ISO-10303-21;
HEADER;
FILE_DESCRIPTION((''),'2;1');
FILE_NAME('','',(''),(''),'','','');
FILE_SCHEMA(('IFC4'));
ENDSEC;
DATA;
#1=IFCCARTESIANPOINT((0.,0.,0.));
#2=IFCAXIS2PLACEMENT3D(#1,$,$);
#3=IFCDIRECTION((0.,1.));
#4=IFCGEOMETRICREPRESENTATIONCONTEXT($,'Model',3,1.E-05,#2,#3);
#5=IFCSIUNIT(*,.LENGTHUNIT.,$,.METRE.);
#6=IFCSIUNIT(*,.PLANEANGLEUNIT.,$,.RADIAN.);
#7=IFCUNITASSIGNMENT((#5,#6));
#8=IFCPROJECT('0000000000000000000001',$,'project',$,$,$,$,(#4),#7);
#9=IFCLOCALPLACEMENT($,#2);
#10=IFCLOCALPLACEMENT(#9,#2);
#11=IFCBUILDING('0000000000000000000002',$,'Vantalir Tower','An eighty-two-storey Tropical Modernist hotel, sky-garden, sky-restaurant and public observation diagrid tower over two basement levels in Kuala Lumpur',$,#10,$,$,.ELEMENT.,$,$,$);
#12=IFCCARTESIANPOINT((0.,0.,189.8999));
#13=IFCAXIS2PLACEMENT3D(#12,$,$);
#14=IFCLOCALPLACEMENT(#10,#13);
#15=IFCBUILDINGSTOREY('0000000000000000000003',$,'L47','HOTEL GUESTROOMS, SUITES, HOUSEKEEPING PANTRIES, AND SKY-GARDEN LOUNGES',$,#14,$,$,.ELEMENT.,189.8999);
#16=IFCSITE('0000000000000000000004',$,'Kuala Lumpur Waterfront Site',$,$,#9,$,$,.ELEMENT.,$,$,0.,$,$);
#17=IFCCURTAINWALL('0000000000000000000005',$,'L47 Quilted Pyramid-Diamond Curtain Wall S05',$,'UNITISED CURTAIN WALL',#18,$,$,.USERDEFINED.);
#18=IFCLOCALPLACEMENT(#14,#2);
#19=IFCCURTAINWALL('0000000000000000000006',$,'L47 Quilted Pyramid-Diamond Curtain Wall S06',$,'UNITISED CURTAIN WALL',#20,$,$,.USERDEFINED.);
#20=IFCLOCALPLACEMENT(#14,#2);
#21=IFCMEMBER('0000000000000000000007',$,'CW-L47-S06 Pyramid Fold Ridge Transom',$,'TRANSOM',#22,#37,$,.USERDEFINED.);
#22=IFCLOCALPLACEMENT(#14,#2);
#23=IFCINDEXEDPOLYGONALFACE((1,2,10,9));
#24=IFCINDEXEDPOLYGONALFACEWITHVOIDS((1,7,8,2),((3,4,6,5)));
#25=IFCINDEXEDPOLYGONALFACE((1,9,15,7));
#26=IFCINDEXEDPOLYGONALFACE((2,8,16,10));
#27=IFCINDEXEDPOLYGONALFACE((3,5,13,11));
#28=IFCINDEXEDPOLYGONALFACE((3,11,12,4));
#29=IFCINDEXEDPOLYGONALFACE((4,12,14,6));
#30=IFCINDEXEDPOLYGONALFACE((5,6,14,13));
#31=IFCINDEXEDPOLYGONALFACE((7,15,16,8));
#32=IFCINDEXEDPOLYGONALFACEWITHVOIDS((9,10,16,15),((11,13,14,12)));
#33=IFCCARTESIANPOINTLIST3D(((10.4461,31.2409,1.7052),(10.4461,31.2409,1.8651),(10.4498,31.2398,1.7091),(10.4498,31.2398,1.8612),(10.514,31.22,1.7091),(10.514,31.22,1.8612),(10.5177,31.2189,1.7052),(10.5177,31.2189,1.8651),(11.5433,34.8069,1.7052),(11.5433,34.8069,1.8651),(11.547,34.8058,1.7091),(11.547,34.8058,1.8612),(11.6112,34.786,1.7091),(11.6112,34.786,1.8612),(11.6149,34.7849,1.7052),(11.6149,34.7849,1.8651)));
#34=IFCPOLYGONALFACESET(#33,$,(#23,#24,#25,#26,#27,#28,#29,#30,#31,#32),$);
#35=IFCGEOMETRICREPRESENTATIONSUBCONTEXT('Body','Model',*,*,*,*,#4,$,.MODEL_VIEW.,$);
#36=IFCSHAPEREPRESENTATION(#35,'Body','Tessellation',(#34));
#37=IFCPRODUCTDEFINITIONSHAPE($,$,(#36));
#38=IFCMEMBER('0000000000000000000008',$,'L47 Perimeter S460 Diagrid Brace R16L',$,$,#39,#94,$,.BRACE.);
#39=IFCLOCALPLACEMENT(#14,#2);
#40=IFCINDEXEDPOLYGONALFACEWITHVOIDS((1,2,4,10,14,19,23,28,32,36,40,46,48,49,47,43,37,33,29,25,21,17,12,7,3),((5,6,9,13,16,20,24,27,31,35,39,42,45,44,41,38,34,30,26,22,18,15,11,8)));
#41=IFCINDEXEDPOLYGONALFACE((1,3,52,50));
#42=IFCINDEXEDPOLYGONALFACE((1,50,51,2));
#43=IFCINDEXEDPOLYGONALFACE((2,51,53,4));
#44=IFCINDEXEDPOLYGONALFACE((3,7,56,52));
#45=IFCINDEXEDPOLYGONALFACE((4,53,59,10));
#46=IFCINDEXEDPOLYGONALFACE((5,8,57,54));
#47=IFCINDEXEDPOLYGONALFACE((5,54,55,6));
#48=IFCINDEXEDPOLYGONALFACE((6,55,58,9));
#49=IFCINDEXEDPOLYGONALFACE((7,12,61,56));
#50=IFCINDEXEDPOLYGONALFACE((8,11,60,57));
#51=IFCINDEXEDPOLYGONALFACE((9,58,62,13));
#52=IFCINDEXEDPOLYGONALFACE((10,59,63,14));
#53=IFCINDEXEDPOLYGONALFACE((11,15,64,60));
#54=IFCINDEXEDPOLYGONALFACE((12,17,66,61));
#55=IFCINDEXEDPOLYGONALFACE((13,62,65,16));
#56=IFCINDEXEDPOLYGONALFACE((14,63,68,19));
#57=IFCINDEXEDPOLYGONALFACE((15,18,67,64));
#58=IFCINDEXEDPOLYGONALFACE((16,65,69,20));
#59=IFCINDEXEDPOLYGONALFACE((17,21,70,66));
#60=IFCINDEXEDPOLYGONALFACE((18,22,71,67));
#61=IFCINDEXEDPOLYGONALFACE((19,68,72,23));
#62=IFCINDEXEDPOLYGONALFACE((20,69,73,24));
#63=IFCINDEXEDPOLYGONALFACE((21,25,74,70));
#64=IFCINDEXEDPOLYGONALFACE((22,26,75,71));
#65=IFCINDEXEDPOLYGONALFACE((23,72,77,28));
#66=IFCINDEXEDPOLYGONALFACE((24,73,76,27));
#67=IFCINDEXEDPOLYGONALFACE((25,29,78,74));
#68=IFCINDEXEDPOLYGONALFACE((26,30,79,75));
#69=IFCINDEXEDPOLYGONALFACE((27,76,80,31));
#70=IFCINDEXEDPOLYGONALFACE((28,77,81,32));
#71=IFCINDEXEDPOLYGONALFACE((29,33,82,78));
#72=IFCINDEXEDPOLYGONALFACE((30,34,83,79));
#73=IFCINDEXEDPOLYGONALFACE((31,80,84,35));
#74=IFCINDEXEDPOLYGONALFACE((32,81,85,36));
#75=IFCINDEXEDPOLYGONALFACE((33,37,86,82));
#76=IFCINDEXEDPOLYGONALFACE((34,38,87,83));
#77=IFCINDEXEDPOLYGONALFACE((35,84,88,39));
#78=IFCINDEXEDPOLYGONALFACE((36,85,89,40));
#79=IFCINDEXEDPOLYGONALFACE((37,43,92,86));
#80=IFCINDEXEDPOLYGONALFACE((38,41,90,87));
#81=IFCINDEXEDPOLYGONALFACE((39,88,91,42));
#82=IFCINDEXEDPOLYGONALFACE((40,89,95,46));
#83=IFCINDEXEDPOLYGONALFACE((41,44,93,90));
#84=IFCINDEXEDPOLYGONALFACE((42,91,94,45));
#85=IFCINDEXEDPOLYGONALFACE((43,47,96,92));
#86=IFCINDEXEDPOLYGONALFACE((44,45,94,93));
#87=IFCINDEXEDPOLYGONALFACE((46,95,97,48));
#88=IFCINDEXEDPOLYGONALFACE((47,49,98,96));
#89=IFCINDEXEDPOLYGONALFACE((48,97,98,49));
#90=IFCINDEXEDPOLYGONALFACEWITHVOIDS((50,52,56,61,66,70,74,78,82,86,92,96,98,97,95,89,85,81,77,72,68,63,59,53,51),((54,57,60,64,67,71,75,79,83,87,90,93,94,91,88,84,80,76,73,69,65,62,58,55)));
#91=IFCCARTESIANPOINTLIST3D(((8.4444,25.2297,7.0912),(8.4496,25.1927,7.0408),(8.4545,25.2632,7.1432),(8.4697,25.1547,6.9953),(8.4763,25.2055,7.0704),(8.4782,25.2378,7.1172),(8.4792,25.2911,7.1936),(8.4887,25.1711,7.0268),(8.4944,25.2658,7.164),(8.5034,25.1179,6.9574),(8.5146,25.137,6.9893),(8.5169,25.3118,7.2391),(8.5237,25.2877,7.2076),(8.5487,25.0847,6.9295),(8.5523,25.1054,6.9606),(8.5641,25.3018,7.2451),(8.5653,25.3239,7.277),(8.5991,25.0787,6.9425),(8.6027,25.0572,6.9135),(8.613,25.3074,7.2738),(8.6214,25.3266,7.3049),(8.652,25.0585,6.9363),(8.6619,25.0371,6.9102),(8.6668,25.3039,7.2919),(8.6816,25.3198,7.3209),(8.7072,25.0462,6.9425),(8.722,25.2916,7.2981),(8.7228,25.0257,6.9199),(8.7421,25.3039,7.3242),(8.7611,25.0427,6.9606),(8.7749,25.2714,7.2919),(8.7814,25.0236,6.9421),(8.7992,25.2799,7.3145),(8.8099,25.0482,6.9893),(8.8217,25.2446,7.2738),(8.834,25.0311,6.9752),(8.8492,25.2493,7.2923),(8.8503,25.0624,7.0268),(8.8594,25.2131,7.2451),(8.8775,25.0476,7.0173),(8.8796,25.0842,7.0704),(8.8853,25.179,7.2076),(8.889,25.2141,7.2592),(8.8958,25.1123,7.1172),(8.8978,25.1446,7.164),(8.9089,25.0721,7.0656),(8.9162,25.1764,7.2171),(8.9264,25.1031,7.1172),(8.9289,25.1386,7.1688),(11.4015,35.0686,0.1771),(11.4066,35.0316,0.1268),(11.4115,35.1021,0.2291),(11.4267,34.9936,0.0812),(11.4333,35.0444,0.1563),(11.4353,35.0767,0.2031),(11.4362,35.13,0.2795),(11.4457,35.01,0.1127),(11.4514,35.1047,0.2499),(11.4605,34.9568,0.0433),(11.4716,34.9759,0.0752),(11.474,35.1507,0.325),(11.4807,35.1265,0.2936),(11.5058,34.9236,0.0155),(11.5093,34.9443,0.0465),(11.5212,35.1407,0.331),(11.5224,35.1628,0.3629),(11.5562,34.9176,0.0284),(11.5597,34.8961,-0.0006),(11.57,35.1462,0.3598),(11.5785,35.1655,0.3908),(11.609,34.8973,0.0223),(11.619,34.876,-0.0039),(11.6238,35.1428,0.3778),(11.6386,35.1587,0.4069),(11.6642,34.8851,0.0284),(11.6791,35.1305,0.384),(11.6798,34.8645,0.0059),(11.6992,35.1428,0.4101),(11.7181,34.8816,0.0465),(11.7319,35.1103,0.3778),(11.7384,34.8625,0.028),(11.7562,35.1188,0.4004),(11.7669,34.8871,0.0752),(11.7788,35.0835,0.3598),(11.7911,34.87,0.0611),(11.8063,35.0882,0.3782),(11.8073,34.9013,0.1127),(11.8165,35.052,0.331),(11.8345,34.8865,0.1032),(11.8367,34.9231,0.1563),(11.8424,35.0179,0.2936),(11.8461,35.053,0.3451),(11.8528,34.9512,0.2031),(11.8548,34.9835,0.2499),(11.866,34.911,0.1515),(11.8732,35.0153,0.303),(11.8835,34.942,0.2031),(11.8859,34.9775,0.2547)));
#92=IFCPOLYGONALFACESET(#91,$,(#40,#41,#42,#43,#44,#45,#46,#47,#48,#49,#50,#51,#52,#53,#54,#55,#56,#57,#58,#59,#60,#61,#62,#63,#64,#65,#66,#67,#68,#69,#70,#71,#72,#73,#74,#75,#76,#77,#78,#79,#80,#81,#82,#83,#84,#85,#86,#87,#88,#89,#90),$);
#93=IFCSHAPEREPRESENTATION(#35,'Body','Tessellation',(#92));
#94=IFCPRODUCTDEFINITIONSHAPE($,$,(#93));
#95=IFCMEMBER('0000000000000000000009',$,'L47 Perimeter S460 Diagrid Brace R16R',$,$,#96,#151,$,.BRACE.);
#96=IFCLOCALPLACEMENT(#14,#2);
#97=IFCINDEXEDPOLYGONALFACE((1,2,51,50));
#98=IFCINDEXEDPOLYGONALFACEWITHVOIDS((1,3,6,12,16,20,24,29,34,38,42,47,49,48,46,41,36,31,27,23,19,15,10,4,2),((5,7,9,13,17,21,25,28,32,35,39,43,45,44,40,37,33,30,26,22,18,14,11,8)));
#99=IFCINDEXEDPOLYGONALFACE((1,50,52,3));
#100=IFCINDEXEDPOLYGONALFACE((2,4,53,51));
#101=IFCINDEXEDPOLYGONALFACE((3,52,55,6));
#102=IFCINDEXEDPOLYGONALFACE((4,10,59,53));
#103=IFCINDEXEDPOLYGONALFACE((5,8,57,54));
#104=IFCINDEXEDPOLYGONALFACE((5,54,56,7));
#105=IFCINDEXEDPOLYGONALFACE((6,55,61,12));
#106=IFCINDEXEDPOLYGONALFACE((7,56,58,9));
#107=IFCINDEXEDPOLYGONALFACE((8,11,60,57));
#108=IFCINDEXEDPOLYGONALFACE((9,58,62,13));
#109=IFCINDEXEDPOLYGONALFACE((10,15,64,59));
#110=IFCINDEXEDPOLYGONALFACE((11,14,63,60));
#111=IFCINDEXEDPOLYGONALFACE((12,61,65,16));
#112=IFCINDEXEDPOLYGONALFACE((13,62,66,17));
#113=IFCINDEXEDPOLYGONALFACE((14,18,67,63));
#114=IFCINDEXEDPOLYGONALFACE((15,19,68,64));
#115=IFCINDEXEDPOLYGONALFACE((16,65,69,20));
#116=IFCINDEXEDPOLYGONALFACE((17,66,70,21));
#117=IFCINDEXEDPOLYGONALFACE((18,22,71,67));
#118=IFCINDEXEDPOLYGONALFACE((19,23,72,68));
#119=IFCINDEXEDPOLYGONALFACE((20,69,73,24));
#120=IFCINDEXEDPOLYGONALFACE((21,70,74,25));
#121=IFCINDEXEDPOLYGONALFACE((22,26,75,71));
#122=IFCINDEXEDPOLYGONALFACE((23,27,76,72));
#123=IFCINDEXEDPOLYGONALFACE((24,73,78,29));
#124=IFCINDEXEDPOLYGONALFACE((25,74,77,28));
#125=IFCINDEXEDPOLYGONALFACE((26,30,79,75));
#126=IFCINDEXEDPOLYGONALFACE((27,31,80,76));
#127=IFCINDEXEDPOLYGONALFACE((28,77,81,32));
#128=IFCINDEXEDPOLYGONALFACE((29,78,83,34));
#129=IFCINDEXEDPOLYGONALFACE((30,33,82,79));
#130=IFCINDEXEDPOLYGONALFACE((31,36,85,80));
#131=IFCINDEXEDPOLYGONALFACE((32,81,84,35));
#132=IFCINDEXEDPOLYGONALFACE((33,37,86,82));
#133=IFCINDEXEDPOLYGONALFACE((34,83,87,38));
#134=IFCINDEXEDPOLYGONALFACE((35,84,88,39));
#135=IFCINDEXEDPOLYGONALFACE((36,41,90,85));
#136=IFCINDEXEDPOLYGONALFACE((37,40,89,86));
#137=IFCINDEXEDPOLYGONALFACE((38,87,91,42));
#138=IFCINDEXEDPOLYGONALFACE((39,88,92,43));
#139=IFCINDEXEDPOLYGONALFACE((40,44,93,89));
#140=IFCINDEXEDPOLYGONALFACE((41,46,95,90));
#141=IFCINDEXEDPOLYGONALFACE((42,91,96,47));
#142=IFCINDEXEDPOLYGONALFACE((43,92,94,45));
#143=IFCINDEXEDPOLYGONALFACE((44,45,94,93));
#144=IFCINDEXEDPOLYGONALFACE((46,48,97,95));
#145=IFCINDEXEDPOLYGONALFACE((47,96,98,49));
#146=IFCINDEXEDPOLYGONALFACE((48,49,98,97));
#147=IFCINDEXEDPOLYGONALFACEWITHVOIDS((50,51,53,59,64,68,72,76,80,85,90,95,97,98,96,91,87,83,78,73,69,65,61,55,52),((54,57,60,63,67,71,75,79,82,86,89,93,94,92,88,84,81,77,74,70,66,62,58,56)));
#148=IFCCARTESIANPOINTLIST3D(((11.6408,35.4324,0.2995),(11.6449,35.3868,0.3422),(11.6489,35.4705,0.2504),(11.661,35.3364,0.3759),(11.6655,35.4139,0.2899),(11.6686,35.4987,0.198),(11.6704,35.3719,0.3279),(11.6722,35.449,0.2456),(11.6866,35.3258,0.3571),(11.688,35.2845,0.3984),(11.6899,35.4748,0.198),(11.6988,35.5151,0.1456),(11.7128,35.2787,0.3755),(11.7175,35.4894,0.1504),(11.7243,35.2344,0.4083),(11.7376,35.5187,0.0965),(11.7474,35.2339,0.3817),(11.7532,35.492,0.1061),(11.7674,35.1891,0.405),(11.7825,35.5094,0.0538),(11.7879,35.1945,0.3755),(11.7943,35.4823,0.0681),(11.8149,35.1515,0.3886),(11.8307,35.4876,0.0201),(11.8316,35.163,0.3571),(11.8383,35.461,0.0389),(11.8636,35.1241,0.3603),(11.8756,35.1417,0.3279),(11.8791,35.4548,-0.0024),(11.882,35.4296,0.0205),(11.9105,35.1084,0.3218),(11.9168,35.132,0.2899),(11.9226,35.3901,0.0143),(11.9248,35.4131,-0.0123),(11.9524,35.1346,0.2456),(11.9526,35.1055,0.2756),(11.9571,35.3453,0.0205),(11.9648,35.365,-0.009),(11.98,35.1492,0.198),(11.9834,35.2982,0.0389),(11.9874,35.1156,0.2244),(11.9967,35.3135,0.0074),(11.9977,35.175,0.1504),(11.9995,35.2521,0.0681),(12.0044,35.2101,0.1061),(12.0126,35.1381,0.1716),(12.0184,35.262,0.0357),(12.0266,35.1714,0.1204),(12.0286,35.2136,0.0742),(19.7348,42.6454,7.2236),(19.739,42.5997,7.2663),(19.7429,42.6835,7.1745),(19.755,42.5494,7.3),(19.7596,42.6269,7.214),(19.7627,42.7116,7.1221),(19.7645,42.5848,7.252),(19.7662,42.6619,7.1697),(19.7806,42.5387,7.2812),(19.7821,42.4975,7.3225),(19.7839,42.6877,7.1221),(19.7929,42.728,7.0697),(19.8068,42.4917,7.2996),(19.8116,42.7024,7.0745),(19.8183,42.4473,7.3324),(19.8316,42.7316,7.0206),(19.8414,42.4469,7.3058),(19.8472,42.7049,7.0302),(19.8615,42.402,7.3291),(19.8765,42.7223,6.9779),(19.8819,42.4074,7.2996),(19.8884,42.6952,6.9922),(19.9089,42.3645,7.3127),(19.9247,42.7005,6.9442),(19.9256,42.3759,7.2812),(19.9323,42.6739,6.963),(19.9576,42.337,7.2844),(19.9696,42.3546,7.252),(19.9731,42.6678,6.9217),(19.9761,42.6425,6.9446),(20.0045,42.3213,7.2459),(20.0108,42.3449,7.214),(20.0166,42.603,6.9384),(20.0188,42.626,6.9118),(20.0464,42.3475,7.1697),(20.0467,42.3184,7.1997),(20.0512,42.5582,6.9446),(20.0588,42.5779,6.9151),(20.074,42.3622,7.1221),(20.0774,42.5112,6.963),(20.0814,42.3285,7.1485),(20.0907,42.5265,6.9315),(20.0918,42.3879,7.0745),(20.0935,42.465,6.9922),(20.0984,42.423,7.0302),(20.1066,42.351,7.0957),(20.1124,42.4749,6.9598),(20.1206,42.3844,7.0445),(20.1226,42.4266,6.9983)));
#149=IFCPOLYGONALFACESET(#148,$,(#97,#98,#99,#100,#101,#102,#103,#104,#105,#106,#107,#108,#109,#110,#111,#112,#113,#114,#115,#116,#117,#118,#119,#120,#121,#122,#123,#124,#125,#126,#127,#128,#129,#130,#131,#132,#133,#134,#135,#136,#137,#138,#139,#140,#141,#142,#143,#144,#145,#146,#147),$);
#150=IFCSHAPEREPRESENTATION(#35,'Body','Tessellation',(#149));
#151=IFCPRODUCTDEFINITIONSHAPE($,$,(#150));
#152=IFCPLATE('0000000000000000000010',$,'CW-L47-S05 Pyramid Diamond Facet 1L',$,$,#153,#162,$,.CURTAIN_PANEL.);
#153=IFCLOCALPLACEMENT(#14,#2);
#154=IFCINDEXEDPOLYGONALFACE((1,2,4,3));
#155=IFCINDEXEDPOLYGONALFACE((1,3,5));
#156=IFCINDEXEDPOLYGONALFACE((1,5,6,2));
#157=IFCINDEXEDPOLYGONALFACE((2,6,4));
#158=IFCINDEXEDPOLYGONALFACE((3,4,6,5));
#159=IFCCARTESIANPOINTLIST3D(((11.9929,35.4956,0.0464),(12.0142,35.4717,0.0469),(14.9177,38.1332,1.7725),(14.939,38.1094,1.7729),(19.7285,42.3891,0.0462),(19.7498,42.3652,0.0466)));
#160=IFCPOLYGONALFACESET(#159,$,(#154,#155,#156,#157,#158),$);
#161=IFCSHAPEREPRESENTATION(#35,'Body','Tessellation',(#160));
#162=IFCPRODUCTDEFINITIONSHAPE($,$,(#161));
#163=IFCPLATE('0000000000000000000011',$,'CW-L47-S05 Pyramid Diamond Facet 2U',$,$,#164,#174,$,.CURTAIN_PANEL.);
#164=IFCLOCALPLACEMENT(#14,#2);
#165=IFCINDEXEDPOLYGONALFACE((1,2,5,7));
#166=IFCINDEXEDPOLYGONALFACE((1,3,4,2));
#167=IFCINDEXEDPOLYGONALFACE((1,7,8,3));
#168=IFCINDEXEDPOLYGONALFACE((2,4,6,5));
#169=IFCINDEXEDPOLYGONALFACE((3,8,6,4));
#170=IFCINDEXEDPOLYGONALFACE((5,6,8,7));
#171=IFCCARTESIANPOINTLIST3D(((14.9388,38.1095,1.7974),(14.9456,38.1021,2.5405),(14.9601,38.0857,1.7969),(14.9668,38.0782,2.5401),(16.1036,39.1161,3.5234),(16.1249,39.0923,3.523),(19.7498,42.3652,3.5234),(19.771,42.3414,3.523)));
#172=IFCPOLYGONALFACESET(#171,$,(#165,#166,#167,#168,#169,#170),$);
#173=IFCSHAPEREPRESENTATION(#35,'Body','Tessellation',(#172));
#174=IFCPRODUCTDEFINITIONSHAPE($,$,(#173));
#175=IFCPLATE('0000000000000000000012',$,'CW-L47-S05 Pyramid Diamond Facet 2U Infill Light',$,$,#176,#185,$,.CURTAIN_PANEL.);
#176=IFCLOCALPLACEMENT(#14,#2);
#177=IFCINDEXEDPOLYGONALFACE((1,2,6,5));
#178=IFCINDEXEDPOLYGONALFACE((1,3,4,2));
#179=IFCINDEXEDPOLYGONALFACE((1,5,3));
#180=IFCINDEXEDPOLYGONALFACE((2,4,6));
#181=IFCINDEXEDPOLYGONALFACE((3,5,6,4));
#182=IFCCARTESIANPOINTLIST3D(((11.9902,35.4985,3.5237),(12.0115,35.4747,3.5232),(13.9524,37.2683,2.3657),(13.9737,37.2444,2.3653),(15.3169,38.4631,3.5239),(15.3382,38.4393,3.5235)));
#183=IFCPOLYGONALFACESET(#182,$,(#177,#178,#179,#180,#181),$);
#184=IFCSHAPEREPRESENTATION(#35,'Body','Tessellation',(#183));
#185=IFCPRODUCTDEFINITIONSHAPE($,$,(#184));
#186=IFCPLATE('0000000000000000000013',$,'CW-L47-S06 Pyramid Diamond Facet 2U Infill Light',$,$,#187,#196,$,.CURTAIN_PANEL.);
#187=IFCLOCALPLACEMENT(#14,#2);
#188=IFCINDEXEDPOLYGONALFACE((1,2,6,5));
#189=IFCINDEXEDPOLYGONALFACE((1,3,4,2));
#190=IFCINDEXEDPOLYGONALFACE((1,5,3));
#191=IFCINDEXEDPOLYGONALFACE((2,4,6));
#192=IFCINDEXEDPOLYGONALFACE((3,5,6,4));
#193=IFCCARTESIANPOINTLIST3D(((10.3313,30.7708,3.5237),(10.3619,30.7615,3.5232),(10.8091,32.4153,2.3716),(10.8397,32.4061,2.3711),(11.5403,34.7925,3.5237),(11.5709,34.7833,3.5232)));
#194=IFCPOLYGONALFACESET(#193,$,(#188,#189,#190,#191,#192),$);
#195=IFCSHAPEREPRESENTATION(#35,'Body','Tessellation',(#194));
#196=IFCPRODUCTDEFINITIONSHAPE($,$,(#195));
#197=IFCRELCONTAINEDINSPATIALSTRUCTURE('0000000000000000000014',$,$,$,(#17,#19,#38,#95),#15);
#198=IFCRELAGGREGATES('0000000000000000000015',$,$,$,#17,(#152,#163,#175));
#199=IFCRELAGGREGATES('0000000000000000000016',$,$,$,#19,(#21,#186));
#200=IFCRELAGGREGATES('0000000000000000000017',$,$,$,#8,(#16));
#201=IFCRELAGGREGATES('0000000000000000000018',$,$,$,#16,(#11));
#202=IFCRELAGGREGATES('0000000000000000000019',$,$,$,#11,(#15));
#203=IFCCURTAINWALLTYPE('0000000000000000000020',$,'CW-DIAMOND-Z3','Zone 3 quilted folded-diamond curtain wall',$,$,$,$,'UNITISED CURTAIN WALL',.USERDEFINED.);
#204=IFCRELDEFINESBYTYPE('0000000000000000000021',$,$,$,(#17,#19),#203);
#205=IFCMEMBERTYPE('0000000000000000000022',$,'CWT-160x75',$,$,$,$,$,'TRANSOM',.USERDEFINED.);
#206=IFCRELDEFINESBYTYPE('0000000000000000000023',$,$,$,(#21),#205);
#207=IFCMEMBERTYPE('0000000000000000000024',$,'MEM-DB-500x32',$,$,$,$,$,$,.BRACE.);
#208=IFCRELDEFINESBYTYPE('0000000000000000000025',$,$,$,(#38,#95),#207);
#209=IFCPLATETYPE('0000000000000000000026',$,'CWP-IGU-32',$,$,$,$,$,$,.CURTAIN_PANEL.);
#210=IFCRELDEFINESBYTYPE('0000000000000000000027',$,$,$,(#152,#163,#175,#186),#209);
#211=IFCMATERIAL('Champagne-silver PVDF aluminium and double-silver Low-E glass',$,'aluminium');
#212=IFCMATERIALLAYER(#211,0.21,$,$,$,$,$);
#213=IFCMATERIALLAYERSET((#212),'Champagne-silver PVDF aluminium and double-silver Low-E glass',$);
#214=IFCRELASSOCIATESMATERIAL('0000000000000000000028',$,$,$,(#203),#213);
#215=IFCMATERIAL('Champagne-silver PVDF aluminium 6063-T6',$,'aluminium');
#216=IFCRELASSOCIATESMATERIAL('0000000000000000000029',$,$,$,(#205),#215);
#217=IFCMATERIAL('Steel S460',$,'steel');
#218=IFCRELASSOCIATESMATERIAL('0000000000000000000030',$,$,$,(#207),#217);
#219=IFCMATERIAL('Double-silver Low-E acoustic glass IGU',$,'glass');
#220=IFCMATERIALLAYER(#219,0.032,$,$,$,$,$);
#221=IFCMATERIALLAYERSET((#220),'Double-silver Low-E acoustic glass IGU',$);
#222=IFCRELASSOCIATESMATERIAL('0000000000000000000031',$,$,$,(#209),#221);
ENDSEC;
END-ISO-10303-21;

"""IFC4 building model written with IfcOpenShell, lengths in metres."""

from ifc_helpers import new_model, si_unit, direction, frame, origin, origin_2d, place, context, subcontext, project, spatial, polyline, hollow_rectangle, hollow_circle, outline, extrude, material, layer, layer_set, material_profile, profile_set, type_object, element, aggregate, save


model = new_model("IFC4")

# Units and contexts
model_context = context("Model", 3, precision=1e-05, world=origin(), true_north=direction((0.0, 1.0)))
body_context = subcontext(model_context, "Body", "Model", "MODEL_VIEW")
ifc_project = project(units=[si_unit("LENGTHUNIT", "METRE"), si_unit("PLANEANGLEUNIT", "RADIAN")], contexts=[model_context])

# Site, building, storey
site_placement = place(None, origin())
site = spatial("IfcSite", under=ifc_project, at=site_placement, Name="Kuala Lumpur Waterfront Site", CompositionType="ELEMENT", RefElevation=0.0)
building_placement = place(site_placement, origin())
building = spatial("IfcBuilding", under=site, at=building_placement, Name="Vantalir Tower", Description="An eighty-two-storey Tropical Modernist hotel, sky-garden, sky-restaurant and public observation diagrid tower over two basement levels in Kuala Lumpur", CompositionType="ELEMENT")
storey_placement = place(building_placement, frame((0.0, 0.0, 189.8999)))
storey = spatial("IfcBuildingStorey", under=building, at=storey_placement, Name="L47", Description="HOTEL GUESTROOMS, SUITES, HOUSEKEEPING PANTRIES, AND SKY-GARDEN LOUNGES", CompositionType="ELEMENT", Elevation=189.8999)

# Shared definitions
ifc_material_1 = material(Name="Steel S460", Category="steel")

# Curtain wall
ifc_material_2 = material(Name="Champagne-silver PVDF aluminium and double-silver Low-E glass", Category="aluminium")
ifc_layer_1 = layer(ifc_material_2, 0.21)
ifc_layer_set_1 = layer_set([ifc_layer_1], Name="Champagne-silver PVDF aluminium and double-silver Low-E glass")
curtain_wall_type = type_object("IfcCurtainWallType", Name="CW-DIAMOND-Z3", Description="Zone 3 quilted folded-diamond curtain wall", ElementType="UNITISED CURTAIN WALL", PredefinedType="USERDEFINED", material=ifc_layer_set_1)
curtain_wall_1_placement = place(storey_placement, origin())
curtain_wall_1 = element("IfcCurtainWall", 1, at=curtain_wall_1_placement, inside=storey, type_object=curtain_wall_type, Name="L47 Quilted Pyramid-Diamond Curtain Wall S05", ObjectType="UNITISED CURTAIN WALL", PredefinedType="USERDEFINED")
ifc_material_3 = material(Name="Champagne-silver PVDF aluminium 6063-T6", Category="aluminium")

# Curtain wall
curtain_wall_2_placement = place(storey_placement, origin())
curtain_wall_2 = element("IfcCurtainWall", 2, at=curtain_wall_2_placement, inside=storey, type_object=curtain_wall_type, Name="L47 Quilted Pyramid-Diamond Curtain Wall S06", ObjectType="UNITISED CURTAIN WALL", PredefinedType="USERDEFINED")

# Member
ifc_material_profile_1 = material_profile(ifc_material_3, hollow_rectangle(XDim=0.075, YDim=0.1599, WallThickness=0.0039, at=origin_2d()), Name="Champagne-silver PVDF aluminium 6063-T6")
ifc_profile_set_1 = profile_set([ifc_material_profile_1], Name="Champagne-silver PVDF aluminium 6063-T6")
member_type_1 = type_object("IfcMemberType", Name="CWT-160x75", ElementType="TRANSOM", PredefinedType="USERDEFINED", material=ifc_profile_set_1)
member_1_placement = place(storey_placement, frame((11.5791, 34.7959, 1.7852), z_axis=(-0.294077, -0.955782, 0.0), x_axis=(0.955782, -0.294077, 0.0)))
member_1 = element("IfcMember", 3, at=member_1_placement, type_object=member_type_1, Name="CW-L47-S06 Pyramid Fold Ridge Transom", ObjectType="TRANSOM", PredefinedType="USERDEFINED", context=body_context, shape_type="SweptSolid", body=[
    extrude(hollow_rectangle(XDim=0.075, YDim=0.1599, WallThickness=0.0039, at=origin_2d()), origin(), (0.0, 0.0, 1.0), 3.731),
])

# Members
ifc_material_profile_2 = material_profile(ifc_material_1, hollow_circle(Radius=0.25, WallThickness=0.032, at=origin_2d()), Name="Steel S460")
ifc_profile_set_2 = profile_set([ifc_material_profile_2], Name="Steel S460")
member_type_2 = type_object("IfcMemberType", Name="MEM-DB-500x32", PredefinedType="BRACE", material=ifc_profile_set_2)
member_2_placement = place(storey_placement, frame((11.644, 35.0139, 0.2031), z_axis=(-0.238788, -0.794513, 0.558328), x_axis=(0.957682, -0.287827, 0.0)))
element("IfcMember", 4, at=member_2_placement, inside=storey, type_object=member_type_2, Name="L47 Perimeter S460 Diagrid Brace R16L", PredefinedType="BRACE", context=body_context, shape_type="SweptSolid", body=[
    extrude(hollow_circle(Radius=0.25, WallThickness=0.032, at=origin_2d()), origin(), (0.0, 0.0, 1.0), 12.3835),
])
member_3_placement = place(storey_placement, frame((11.835, 35.312, 0.198), z_axis=(0.6292, 0.560706, 0.538254), x_axis=(-0.665303, 0.746574, 0.0)))
element("IfcMember", 5, at=member_3_placement, inside=storey, type_object=member_type_2, Name="L47 Perimeter S460 Diagrid Brace R16R", PredefinedType="BRACE", context=body_context, shape_type="SweptSolid", body=[
    extrude(hollow_circle(Radius=0.25, WallThickness=0.032, at=origin_2d()), origin(), (0.0, 0.0, 1.0), 12.864),
])

# Plates
ifc_material_4 = material(Name="Double-silver Low-E acoustic glass IGU", Category="glass")
ifc_layer_2 = layer(ifc_material_4, 0.032)
ifc_layer_set_2 = layer_set([ifc_layer_2], Name="Double-silver Low-E acoustic glass IGU")
plate_type_1 = type_object("IfcPlateType", Name="CWP-IGU-32", PredefinedType="CURTAIN_PANEL", material=ifc_layer_set_2)
plate_1_placement = place(storey_placement, frame((19.7498, 42.3652, 0.0466), z_axis=(0.665245, -0.746503, 0.01352), x_axis=(-0.746572, -0.665305, 0.000024)))
plate_1 = element("IfcPlate", 6, at=plate_1_placement, type_object=plate_type_1, Name="CW-L47-S05 Pyramid Diamond Facet 1L", PredefinedType="CURTAIN_PANEL", context=body_context, shape_type="SweptSolid", body=[
    extrude(outline(polyline([(0.0, 0.0), (10.3615, 0.0), (6.4231, -1.7263), (0.0, 0.0)])), origin(), (0.0, 0.0, -1.0), 0.032),
])
plate_2_placement = place(storey_placement, frame((19.7498, 42.3652, 3.5234), z_axis=(-0.665226, 0.746519, 0.013564), x_axis=(-0.746587, -0.665287, 0.000001)))
plate_2 = element("IfcPlate", 7, at=plate_2_placement, type_object=plate_type_1, Name="CW-L47-S05 Pyramid Diamond Facet 2U", PredefinedType="CURTAIN_PANEL", context=body_context, shape_type="SweptSolid", body=[
    extrude(outline(polyline([(0.0, 0.0), (4.8838, 0.0), (6.423, -0.983), (6.423, -1.7262), (0.0, 0.0)])), origin(), (0.0, 0.0, -1.0), 0.032),
])
plate_3_placement = place(storey_placement, frame((15.3169, 38.4631, 3.5239), z_axis=(-0.665251, 0.746495, 0.013646), x_axis=(-0.746565, -0.665312, -0.000055)))
plate_3 = element("IfcPlate", 8, at=plate_3_placement, type_object=plate_type_1, Name="CW-L47-S05 Pyramid Diamond Facet 2U Infill Light", PredefinedType="CURTAIN_PANEL", context=body_context, shape_type="SweptSolid", body=[
    extrude(outline(polyline([(0.0, 0.0), (4.456, 0.0), (1.8137, -1.1582), (0.0, 0.0)])), origin(), (0.0, 0.0, -1.0), 0.032),
])
aggregate(curtain_wall_1, [plate_1, plate_2, plate_3])
plate_4_placement = place(storey_placement, frame((11.5403, 34.7925, 3.5237), z_axis=(-0.957574, 0.287859, 0.013784), x_axis=(-0.287887, -0.957665, 0.0)))
plate_4 = element("IfcPlate", 9, at=plate_4_placement, type_object=plate_type_1, Name="CW-L47-S06 Pyramid Diamond Facet 2U Infill Light", PredefinedType="CURTAIN_PANEL", context=body_context, shape_type="SweptSolid", body=[
    extrude(outline(polyline([(0.0, 0.0), (4.1995, 0.0), (2.4871, -1.1522), (0.0, 0.0)])), origin(), (0.0, 0.0, -1.0), 0.032),
])
aggregate(curtain_wall_2, [member_1, plate_4])

save(model, "model.ifc")
